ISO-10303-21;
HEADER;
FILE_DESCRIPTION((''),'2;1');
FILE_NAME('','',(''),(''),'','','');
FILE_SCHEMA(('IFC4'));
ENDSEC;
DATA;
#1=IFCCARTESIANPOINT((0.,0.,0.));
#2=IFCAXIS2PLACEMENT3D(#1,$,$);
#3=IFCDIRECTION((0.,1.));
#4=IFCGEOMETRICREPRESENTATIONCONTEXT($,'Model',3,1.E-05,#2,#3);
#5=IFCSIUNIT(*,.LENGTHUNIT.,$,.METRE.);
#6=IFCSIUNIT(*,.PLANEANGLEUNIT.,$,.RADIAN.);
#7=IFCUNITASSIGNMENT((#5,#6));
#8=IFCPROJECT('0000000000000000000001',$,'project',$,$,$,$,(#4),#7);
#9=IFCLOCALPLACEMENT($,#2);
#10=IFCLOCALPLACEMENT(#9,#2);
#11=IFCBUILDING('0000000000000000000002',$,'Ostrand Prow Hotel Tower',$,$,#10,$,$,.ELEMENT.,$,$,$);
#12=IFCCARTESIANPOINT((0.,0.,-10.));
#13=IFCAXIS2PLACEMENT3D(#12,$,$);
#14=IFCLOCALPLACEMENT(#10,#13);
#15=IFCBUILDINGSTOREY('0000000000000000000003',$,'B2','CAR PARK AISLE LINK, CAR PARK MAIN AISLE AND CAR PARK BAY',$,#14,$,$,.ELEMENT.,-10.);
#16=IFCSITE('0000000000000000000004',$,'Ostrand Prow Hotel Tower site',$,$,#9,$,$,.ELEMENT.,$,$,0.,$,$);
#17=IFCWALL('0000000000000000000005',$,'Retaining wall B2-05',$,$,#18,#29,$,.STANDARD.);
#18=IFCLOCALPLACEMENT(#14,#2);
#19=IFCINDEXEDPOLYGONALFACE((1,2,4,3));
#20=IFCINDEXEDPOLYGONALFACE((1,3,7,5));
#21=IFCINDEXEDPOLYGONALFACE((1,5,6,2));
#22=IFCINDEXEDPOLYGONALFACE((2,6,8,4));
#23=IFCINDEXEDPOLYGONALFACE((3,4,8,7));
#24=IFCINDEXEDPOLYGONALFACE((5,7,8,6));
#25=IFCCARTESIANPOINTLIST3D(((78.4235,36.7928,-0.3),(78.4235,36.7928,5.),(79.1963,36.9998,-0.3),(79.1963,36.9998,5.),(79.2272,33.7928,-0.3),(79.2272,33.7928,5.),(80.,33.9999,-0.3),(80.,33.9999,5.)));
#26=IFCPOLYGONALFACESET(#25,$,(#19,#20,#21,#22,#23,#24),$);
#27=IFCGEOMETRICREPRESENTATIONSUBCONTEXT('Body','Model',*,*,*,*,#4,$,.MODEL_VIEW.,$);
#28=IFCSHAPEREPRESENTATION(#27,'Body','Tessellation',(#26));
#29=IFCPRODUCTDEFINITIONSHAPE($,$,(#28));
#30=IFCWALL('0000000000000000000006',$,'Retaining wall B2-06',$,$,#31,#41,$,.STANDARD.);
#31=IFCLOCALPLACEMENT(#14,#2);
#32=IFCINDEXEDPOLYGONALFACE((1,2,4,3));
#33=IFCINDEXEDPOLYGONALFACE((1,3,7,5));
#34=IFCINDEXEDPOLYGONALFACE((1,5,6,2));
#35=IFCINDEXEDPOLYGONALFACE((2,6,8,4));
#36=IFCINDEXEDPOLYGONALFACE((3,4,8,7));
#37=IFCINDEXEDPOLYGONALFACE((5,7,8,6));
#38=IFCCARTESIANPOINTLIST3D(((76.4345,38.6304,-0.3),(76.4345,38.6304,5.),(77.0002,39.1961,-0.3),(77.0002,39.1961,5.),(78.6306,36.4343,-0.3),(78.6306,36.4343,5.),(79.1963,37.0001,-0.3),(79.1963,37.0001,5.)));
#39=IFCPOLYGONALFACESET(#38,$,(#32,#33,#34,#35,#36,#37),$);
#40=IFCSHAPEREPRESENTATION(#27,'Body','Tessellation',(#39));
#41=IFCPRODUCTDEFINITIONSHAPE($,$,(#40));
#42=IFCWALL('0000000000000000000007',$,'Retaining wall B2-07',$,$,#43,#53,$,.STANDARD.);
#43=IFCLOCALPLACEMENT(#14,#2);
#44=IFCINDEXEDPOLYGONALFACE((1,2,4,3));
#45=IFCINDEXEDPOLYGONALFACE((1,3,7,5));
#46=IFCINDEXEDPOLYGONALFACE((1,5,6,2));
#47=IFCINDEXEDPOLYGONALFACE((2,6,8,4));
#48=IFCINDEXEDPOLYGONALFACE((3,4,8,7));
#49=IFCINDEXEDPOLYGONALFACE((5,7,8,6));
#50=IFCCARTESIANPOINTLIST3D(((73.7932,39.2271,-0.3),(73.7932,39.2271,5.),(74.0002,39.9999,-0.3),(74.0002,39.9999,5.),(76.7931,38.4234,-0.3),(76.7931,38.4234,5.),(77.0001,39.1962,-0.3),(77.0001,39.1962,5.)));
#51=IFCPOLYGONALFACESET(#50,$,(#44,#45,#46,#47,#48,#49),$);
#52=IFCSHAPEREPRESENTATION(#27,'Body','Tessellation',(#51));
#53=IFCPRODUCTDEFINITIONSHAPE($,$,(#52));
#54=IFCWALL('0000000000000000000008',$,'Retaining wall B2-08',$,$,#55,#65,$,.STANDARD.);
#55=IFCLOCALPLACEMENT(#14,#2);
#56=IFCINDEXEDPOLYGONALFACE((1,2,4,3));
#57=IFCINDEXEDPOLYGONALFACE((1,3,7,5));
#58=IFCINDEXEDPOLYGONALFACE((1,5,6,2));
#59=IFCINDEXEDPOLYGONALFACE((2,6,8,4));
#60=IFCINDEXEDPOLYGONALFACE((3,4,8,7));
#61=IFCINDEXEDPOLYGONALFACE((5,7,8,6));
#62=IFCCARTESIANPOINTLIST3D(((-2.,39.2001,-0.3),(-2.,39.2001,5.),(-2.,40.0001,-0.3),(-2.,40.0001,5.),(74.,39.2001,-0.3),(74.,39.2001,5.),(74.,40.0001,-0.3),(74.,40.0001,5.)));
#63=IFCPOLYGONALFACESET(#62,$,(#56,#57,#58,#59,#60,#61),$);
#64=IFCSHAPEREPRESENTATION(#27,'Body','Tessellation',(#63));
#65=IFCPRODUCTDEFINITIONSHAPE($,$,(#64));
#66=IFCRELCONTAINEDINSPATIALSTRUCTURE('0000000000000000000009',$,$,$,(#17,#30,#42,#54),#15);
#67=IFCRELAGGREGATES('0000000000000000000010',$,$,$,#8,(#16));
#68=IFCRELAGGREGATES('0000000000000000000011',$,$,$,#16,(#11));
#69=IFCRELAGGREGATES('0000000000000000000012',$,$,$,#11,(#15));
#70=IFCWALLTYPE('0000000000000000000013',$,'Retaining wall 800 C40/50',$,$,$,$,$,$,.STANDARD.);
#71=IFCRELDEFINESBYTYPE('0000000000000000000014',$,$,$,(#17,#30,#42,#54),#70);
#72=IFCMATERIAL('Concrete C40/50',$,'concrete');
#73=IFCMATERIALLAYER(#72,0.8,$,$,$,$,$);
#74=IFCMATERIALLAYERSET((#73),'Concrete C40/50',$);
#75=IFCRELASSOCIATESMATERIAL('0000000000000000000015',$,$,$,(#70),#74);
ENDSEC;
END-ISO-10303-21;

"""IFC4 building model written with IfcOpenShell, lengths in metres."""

from ifc_helpers import new_model, si_unit, direction, frame, frame_2d, origin, place, context, subcontext, project, spatial, rectangle, extrude, material, layer, layer_set, type_object, element, save


model = new_model("IFC4")

# Units and contexts
model_context = context("Model", 3, precision=1e-05, world=origin(), true_north=direction((0.0, 1.0)))
body_context = subcontext(model_context, "Body", "Model", "MODEL_VIEW")
ifc_project = project(units=[si_unit("LENGTHUNIT", "METRE"), si_unit("PLANEANGLEUNIT", "RADIAN")], contexts=[model_context])

# Site, building, storey
site_placement = place(None, origin())
site = spatial("IfcSite", under=ifc_project, at=site_placement, Name="Ostrand Prow Hotel Tower site", CompositionType="ELEMENT", RefElevation=0.0)
building_placement = place(site_placement, origin())
building = spatial("IfcBuilding", under=site, at=building_placement, Name="Ostrand Prow Hotel Tower", CompositionType="ELEMENT")
storey_placement = place(building_placement, frame((0.0, 0.0, -10.0)))
storey = spatial("IfcBuildingStorey", under=building, at=storey_placement, Name="B2", Description="CAR PARK AISLE LINK, CAR PARK MAIN AISLE AND CAR PARK BAY", CompositionType="ELEMENT", Elevation=-10.0)

# Walls
ifc_material_1 = material(Name="Concrete C40/50", Category="concrete")
ifc_layer_1 = layer(ifc_material_1, 0.8)
ifc_layer_set_1 = layer_set([ifc_layer_1], Name="Concrete C40/50")
wall_type_1 = type_object("IfcWallType", Name="Retaining wall 800 C40/50", PredefinedType="STANDARD", material=ifc_layer_set_1)
for number, where, z_axis, x_axis, name in (
    (1, (79.6135, 33.8965, -0.3), (0.0, 0.0, 1.0), (-0.258778, 0.965937, 0.0), "Retaining wall B2-05"),
    (2, (78.9133, 36.7173, -0.3), (0.0, 0.0, 1.0), (-0.707107, 0.707107, 0.0), "Retaining wall B2-06"),
    (3, (76.8965, 38.8098, -0.3), (0.0, 0.0, 1.0), (-0.965937, 0.258778, 0.0), "Retaining wall B2-07"),
):
    element("IfcWall", number, at=place(storey_placement, frame(where, z_axis=z_axis, x_axis=x_axis)), inside=storey, type_object=wall_type_1, Name=name, PredefinedType="STANDARD", context=body_context, shape_type="SweptSolid", body=[
        extrude(rectangle(XDim=3.1057, YDim=0.8, at=frame_2d((1.5527, 0.0))), origin(), (0.0, 0.0, 1.0), 5.3),
    ])
wall_1_placement = place(storey_placement, frame((74.0, 39.6001, -0.3), z_axis=(0.0, 0.0, 1.0), x_axis=(-1.0, 0.0, 0.0)))
element("IfcWall", 4, at=wall_1_placement, inside=storey, type_object=wall_type_1, Name="Retaining wall B2-08", PredefinedType="STANDARD", context=body_context, shape_type="SweptSolid", body=[
    extrude(rectangle(XDim=76.0, YDim=0.8, at=frame_2d((38.0, 0.0))), origin(), (0.0, 0.0, 1.0), 5.3),
])

save(model, "model.ifc")
